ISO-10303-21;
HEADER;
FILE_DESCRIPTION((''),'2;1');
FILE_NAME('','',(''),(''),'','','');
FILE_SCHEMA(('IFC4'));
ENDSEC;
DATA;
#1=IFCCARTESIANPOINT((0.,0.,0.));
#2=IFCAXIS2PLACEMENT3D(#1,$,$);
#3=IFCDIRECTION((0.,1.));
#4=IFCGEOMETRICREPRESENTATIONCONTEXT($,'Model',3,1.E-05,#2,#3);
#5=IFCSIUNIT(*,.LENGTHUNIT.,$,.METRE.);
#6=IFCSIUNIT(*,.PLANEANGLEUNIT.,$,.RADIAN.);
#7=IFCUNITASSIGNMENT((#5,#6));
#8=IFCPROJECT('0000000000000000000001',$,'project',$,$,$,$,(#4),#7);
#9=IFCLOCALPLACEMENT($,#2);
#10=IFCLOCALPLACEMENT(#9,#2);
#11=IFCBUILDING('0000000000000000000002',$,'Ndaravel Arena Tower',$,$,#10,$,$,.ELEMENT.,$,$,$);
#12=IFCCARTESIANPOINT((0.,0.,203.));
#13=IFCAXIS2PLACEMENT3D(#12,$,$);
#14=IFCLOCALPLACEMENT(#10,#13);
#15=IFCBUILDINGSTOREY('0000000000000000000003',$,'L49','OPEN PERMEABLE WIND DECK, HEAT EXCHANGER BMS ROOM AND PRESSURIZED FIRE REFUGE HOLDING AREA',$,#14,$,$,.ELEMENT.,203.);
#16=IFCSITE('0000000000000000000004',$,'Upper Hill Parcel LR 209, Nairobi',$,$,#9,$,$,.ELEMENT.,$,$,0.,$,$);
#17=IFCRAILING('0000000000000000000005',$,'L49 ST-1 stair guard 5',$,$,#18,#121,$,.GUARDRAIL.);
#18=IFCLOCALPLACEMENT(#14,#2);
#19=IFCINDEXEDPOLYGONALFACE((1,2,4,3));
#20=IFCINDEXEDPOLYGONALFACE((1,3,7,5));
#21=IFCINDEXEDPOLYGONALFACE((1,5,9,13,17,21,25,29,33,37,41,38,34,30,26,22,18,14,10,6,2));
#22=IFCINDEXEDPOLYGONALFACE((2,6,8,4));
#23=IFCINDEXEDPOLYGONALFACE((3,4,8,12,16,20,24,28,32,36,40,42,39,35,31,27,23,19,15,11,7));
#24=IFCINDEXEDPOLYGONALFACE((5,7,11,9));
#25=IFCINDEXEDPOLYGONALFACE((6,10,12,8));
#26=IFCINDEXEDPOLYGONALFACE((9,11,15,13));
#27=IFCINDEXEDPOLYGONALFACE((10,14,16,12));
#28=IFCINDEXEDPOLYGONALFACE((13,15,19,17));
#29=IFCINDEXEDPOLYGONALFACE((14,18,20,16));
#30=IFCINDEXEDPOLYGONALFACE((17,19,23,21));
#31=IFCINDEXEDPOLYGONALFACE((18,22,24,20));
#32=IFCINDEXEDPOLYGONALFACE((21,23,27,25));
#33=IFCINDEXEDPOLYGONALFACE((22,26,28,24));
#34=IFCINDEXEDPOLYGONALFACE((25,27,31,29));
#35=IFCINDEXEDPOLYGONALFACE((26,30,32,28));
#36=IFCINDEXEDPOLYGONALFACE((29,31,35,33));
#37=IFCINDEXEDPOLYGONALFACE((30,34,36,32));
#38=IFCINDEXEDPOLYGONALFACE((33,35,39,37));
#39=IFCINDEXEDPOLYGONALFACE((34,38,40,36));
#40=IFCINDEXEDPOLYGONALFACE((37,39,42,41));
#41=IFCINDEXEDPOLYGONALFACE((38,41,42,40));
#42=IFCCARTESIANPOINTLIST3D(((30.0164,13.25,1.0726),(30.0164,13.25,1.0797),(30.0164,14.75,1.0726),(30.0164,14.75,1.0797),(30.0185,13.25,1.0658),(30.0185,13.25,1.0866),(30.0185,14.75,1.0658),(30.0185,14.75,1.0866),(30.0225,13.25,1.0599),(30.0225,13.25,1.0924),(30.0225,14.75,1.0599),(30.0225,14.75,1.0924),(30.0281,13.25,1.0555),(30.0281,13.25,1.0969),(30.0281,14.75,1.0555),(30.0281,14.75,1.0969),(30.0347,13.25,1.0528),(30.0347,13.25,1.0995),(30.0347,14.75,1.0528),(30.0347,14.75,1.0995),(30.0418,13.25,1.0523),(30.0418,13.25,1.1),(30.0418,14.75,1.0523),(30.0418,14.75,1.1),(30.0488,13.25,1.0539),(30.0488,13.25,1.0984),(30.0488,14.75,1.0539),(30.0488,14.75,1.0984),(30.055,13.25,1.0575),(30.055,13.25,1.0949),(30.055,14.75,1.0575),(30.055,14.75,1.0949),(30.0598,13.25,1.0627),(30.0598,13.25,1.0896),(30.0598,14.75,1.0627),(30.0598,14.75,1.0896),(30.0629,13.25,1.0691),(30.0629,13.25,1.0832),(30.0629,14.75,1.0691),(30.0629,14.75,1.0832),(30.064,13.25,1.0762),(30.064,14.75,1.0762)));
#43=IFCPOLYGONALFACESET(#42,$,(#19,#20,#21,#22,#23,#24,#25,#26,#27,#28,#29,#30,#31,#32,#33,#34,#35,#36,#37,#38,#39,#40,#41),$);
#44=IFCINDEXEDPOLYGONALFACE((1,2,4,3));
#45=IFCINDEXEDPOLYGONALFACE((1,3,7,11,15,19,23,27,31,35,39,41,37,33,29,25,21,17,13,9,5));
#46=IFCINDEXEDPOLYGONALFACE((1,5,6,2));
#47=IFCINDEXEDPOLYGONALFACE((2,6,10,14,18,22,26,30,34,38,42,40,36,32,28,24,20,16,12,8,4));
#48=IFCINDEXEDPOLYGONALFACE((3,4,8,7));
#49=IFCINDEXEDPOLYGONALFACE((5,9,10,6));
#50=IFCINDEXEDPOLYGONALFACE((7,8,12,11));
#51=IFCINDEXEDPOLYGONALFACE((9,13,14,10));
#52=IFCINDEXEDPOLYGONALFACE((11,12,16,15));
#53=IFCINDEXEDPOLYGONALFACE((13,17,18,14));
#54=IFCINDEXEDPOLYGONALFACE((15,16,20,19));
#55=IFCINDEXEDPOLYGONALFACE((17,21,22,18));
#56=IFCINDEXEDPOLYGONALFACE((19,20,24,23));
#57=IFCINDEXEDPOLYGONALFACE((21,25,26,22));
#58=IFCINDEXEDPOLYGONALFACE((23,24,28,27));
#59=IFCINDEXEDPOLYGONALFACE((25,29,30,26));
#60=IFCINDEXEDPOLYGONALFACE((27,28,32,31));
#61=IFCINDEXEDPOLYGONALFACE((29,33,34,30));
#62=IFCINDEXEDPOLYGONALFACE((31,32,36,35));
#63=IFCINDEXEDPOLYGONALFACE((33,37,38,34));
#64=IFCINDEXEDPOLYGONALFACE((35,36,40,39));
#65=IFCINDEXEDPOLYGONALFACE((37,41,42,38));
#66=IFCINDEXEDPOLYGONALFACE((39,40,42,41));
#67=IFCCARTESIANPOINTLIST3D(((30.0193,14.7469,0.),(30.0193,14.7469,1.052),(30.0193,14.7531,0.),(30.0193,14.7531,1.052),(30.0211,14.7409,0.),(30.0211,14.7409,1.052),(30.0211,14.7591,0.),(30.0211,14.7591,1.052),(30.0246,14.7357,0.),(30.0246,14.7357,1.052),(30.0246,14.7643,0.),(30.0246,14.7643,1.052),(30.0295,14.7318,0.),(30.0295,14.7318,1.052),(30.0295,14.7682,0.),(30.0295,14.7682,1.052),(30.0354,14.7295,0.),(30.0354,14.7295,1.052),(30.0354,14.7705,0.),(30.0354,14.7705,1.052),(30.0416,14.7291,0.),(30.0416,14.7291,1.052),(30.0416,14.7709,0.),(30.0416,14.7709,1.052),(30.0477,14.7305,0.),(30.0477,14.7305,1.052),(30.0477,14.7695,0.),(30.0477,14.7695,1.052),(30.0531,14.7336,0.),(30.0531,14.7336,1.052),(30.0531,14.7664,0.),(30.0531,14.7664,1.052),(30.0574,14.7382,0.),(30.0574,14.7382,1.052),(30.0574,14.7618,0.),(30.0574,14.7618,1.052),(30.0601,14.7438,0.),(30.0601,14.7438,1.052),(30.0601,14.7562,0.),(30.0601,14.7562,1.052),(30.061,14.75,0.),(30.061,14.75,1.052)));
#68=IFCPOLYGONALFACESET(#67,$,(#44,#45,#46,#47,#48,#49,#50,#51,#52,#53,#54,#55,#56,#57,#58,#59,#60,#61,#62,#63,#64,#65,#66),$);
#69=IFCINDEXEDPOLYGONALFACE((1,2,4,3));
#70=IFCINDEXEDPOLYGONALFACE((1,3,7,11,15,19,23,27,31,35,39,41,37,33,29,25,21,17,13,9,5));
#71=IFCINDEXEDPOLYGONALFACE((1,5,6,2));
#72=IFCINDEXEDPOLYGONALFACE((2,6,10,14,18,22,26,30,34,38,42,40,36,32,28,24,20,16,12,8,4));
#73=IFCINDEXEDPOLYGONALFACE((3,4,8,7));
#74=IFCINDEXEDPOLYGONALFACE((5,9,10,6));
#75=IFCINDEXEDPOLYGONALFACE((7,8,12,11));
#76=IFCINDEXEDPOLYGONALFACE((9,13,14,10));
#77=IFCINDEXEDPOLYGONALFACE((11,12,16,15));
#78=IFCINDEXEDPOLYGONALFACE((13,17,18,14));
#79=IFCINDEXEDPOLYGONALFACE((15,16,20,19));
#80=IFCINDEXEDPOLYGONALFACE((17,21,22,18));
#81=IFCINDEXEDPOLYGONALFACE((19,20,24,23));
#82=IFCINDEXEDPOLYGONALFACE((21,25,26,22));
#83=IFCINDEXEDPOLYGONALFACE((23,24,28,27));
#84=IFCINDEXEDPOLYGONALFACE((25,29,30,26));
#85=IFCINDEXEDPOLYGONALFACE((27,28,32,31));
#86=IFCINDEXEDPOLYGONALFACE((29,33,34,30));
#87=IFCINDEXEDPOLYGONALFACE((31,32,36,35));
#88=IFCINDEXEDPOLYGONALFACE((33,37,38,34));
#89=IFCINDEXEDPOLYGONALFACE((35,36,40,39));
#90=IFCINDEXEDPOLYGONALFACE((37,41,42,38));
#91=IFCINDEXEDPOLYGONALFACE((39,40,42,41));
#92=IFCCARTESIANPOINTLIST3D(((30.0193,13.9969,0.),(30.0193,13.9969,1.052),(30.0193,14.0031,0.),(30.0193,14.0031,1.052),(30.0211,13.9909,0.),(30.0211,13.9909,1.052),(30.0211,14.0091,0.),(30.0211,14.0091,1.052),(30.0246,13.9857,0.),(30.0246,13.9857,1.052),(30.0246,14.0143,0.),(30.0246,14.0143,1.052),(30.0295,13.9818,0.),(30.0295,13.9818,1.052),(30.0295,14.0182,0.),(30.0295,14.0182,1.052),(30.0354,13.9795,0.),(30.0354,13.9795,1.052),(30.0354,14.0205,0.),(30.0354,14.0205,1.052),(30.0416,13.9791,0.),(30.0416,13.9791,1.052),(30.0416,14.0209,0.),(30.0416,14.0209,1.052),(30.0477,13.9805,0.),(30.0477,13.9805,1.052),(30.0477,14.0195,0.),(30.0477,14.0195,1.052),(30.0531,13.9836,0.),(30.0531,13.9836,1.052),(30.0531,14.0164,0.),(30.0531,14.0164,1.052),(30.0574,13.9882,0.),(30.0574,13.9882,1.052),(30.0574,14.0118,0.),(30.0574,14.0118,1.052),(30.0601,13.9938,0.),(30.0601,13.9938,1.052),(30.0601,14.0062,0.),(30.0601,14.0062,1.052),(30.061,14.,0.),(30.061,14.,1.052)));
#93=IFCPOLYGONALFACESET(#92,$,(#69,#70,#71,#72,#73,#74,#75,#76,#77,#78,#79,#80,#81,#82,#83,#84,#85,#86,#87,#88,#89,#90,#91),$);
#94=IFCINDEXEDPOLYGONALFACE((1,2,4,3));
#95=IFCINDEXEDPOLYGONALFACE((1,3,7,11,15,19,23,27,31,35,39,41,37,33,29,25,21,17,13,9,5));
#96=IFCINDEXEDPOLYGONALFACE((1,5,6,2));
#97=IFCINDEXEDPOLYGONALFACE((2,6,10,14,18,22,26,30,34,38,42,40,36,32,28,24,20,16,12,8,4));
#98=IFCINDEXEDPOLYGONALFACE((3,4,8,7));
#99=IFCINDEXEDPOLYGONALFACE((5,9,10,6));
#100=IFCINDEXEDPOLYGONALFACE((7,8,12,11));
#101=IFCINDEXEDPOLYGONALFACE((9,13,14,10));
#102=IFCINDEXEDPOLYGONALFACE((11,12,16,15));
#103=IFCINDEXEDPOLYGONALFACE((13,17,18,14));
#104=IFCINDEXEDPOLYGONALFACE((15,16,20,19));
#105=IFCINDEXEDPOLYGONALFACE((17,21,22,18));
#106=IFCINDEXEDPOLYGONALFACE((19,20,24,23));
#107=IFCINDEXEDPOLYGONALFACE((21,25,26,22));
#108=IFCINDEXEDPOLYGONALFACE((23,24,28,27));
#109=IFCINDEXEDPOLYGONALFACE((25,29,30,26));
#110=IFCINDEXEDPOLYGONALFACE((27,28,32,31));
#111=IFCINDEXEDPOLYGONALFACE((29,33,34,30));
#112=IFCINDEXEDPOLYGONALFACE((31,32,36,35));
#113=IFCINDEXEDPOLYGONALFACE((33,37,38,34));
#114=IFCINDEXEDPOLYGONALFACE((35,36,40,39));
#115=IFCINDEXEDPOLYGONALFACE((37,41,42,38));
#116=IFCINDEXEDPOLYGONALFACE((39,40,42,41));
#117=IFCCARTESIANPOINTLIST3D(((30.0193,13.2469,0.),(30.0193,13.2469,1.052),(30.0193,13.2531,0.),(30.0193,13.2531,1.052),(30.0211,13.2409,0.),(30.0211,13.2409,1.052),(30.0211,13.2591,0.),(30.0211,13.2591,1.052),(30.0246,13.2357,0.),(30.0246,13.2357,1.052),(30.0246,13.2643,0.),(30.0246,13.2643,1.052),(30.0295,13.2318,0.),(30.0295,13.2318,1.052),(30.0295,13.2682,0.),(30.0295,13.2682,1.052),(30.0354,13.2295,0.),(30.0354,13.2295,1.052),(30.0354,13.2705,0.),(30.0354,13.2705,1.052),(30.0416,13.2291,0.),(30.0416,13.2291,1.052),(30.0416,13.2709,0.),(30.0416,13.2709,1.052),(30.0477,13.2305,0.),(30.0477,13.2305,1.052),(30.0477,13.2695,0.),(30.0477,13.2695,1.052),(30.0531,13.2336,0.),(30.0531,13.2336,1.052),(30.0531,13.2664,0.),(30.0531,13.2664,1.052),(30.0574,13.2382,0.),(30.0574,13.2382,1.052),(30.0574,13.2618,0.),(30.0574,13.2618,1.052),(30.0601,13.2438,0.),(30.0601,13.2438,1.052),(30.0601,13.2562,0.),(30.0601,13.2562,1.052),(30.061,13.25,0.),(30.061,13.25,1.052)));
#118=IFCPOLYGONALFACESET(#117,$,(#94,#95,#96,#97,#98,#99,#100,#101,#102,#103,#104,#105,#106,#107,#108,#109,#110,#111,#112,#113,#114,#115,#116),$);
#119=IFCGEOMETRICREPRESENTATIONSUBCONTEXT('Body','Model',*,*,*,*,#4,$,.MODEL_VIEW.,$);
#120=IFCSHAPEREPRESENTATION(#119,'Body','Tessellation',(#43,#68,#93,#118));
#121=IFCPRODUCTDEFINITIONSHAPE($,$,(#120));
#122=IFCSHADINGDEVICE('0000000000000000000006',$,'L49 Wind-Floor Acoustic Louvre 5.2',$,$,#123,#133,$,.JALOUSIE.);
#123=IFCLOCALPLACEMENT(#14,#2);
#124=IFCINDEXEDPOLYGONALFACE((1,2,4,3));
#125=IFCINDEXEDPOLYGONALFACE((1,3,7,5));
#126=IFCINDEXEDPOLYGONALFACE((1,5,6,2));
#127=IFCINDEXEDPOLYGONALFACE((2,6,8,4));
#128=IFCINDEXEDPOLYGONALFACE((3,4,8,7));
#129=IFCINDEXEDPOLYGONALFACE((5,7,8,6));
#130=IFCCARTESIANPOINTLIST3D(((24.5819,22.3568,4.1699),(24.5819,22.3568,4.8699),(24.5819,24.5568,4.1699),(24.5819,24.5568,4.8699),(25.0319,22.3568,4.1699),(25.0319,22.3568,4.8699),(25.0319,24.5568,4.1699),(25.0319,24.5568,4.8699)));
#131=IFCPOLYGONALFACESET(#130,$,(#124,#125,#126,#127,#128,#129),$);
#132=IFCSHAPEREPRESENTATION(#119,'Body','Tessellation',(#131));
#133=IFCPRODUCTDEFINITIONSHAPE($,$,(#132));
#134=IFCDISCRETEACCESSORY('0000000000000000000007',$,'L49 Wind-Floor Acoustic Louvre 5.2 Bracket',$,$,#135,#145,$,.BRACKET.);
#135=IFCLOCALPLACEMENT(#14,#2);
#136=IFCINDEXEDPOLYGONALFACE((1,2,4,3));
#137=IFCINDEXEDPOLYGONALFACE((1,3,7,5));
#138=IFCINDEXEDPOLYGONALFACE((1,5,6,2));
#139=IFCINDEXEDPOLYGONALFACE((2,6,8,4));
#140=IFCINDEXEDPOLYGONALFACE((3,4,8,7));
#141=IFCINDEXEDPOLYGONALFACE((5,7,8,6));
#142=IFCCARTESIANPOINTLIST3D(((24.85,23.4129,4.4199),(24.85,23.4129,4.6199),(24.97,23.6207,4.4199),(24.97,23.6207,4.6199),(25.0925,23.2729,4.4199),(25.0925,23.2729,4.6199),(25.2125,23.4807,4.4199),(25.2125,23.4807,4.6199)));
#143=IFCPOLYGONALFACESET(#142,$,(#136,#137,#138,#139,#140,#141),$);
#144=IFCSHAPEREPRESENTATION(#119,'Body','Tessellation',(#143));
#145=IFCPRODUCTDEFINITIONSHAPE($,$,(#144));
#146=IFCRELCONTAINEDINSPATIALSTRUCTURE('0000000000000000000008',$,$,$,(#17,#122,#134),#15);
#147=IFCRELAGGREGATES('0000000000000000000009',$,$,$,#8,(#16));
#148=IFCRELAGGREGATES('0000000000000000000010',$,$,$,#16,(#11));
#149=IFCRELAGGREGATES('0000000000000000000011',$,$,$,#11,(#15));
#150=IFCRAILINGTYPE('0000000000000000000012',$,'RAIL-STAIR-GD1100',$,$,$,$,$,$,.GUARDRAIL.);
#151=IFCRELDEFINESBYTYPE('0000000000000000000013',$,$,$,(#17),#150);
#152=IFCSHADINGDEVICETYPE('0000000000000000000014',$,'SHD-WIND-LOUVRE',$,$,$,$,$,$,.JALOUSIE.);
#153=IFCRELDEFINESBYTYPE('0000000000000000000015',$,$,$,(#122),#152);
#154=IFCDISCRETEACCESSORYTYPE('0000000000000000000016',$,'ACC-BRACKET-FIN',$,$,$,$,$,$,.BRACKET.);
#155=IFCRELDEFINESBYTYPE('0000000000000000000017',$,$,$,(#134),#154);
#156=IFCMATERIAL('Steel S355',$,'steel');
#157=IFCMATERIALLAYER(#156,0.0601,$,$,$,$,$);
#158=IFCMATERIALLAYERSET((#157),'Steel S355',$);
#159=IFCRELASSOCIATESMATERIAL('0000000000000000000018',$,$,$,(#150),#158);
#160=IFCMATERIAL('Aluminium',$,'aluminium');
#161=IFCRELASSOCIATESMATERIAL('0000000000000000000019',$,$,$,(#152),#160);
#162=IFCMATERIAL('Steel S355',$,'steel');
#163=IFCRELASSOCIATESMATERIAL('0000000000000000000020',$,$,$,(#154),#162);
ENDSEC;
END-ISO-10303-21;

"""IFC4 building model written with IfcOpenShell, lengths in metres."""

from ifc_helpers import new_model, si_unit, direction, frame, origin, origin_2d, place, context, subcontext, project, spatial, rectangle, circle, extrude, material, layer, layer_set, type_object, element, save


model = new_model("IFC4")

# Units and contexts
model_context = context("Model", 3, precision=1e-05, world=origin(), true_north=direction((0.0, 1.0)))
body_context = subcontext(model_context, "Body", "Model", "MODEL_VIEW")
ifc_project = project(units=[si_unit("LENGTHUNIT", "METRE"), si_unit("PLANEANGLEUNIT", "RADIAN")], contexts=[model_context])

# Site, building, storey
site_placement = place(None, origin())
site = spatial("IfcSite", under=ifc_project, at=site_placement, Name="Upper Hill Parcel LR 209, Nairobi", CompositionType="ELEMENT", RefElevation=0.0)
building_placement = place(site_placement, origin())
building = spatial("IfcBuilding", under=site, at=building_placement, Name="Ndaravel Arena Tower", CompositionType="ELEMENT")
storey_placement = place(building_placement, frame((0.0, 0.0, 203.0)))
storey = spatial("IfcBuildingStorey", under=building, at=storey_placement, Name="L49", Description="OPEN PERMEABLE WIND DECK, HEAT EXCHANGER BMS ROOM AND PRESSURIZED FIRE REFUGE HOLDING AREA", CompositionType="ELEMENT", Elevation=203.0)

# Railing
ifc_material_1 = material(Name="Steel S355", Category="steel")
ifc_layer_1 = layer(ifc_material_1, 0.0601)
ifc_layer_set_1 = layer_set([ifc_layer_1], Name="Steel S355")
railing_type = type_object("IfcRailingType", Name="RAIL-STAIR-GD1100", PredefinedType="GUARDRAIL", material=ifc_layer_set_1)
railing_1_placement = place(storey_placement, frame((30.04, 14.75, 0.0)))
element("IfcRailing", 1, at=railing_1_placement, inside=storey, type_object=railing_type, Name="L49 ST-1 stair guard 5", PredefinedType="GUARDRAIL", context=body_context, shape_type="SweptSolid", body=[
    extrude(circle(Radius=0.0239, at=origin_2d()), frame((0.0, 0.0, 1.0762), z_axis=(0.0, -1.0, 0.0), x_axis=(1.0, 0.0, 0.0)), (0.0, 0.0, 1.0), 1.5),
    extrude(circle(Radius=0.021, at=origin_2d()), origin(), (0.0, 0.0, 1.0), 1.052),
    extrude(circle(Radius=0.021, at=origin_2d()), frame((0.0, -0.75, 0.0)), (0.0, 0.0, 1.0), 1.052),
    extrude(circle(Radius=0.021, at=origin_2d()), frame((0.0, -1.5, 0.0)), (0.0, 0.0, 1.0), 1.052),
])

# Shading device
ifc_material_2 = material(Name="Aluminium", Category="aluminium")
shading_device_type = type_object("IfcShadingDeviceType", Name="SHD-WIND-LOUVRE", PredefinedType="JALOUSIE", material=ifc_material_2)
shading_device_placement = place(storey_placement, frame((24.8069, 23.4568, 4.1699), z_axis=(0.0, 0.0, 1.0), x_axis=(-1.0, 0.0, 0.0)))
element("IfcShadingDevice", 2, at=shading_device_placement, inside=storey, type_object=shading_device_type, Name="L49 Wind-Floor Acoustic Louvre 5.2", PredefinedType="JALOUSIE", context=body_context, shape_type="SweptSolid", body=[
    extrude(rectangle(XDim=0.45, YDim=2.2, at=origin_2d()), origin(), (0.0, 0.0, 1.0), 0.7),
])

# Discrete accessory
ifc_material_3 = material(Name="Steel S355", Category="steel")
discrete_accessory_type = type_object("IfcDiscreteAccessoryType", Name="ACC-BRACKET-FIN", PredefinedType="BRACKET", material=ifc_material_3)
discrete_accessory_placement = place(storey_placement, frame((25.0312, 23.4468, 4.4199), z_axis=(0.0, 0.0, 1.0), x_axis=(-0.866025, 0.5, 0.0)))
element("IfcDiscreteAccessory", 3, at=discrete_accessory_placement, inside=storey, type_object=discrete_accessory_type, Name="L49 Wind-Floor Acoustic Louvre 5.2 Bracket", PredefinedType="BRACKET", context=body_context, shape_type="SweptSolid", body=[
    extrude(rectangle(XDim=0.28, YDim=0.24, at=origin_2d()), origin(), (0.0, 0.0, 1.0), 0.2),
])

save(model, "model.ifc")
